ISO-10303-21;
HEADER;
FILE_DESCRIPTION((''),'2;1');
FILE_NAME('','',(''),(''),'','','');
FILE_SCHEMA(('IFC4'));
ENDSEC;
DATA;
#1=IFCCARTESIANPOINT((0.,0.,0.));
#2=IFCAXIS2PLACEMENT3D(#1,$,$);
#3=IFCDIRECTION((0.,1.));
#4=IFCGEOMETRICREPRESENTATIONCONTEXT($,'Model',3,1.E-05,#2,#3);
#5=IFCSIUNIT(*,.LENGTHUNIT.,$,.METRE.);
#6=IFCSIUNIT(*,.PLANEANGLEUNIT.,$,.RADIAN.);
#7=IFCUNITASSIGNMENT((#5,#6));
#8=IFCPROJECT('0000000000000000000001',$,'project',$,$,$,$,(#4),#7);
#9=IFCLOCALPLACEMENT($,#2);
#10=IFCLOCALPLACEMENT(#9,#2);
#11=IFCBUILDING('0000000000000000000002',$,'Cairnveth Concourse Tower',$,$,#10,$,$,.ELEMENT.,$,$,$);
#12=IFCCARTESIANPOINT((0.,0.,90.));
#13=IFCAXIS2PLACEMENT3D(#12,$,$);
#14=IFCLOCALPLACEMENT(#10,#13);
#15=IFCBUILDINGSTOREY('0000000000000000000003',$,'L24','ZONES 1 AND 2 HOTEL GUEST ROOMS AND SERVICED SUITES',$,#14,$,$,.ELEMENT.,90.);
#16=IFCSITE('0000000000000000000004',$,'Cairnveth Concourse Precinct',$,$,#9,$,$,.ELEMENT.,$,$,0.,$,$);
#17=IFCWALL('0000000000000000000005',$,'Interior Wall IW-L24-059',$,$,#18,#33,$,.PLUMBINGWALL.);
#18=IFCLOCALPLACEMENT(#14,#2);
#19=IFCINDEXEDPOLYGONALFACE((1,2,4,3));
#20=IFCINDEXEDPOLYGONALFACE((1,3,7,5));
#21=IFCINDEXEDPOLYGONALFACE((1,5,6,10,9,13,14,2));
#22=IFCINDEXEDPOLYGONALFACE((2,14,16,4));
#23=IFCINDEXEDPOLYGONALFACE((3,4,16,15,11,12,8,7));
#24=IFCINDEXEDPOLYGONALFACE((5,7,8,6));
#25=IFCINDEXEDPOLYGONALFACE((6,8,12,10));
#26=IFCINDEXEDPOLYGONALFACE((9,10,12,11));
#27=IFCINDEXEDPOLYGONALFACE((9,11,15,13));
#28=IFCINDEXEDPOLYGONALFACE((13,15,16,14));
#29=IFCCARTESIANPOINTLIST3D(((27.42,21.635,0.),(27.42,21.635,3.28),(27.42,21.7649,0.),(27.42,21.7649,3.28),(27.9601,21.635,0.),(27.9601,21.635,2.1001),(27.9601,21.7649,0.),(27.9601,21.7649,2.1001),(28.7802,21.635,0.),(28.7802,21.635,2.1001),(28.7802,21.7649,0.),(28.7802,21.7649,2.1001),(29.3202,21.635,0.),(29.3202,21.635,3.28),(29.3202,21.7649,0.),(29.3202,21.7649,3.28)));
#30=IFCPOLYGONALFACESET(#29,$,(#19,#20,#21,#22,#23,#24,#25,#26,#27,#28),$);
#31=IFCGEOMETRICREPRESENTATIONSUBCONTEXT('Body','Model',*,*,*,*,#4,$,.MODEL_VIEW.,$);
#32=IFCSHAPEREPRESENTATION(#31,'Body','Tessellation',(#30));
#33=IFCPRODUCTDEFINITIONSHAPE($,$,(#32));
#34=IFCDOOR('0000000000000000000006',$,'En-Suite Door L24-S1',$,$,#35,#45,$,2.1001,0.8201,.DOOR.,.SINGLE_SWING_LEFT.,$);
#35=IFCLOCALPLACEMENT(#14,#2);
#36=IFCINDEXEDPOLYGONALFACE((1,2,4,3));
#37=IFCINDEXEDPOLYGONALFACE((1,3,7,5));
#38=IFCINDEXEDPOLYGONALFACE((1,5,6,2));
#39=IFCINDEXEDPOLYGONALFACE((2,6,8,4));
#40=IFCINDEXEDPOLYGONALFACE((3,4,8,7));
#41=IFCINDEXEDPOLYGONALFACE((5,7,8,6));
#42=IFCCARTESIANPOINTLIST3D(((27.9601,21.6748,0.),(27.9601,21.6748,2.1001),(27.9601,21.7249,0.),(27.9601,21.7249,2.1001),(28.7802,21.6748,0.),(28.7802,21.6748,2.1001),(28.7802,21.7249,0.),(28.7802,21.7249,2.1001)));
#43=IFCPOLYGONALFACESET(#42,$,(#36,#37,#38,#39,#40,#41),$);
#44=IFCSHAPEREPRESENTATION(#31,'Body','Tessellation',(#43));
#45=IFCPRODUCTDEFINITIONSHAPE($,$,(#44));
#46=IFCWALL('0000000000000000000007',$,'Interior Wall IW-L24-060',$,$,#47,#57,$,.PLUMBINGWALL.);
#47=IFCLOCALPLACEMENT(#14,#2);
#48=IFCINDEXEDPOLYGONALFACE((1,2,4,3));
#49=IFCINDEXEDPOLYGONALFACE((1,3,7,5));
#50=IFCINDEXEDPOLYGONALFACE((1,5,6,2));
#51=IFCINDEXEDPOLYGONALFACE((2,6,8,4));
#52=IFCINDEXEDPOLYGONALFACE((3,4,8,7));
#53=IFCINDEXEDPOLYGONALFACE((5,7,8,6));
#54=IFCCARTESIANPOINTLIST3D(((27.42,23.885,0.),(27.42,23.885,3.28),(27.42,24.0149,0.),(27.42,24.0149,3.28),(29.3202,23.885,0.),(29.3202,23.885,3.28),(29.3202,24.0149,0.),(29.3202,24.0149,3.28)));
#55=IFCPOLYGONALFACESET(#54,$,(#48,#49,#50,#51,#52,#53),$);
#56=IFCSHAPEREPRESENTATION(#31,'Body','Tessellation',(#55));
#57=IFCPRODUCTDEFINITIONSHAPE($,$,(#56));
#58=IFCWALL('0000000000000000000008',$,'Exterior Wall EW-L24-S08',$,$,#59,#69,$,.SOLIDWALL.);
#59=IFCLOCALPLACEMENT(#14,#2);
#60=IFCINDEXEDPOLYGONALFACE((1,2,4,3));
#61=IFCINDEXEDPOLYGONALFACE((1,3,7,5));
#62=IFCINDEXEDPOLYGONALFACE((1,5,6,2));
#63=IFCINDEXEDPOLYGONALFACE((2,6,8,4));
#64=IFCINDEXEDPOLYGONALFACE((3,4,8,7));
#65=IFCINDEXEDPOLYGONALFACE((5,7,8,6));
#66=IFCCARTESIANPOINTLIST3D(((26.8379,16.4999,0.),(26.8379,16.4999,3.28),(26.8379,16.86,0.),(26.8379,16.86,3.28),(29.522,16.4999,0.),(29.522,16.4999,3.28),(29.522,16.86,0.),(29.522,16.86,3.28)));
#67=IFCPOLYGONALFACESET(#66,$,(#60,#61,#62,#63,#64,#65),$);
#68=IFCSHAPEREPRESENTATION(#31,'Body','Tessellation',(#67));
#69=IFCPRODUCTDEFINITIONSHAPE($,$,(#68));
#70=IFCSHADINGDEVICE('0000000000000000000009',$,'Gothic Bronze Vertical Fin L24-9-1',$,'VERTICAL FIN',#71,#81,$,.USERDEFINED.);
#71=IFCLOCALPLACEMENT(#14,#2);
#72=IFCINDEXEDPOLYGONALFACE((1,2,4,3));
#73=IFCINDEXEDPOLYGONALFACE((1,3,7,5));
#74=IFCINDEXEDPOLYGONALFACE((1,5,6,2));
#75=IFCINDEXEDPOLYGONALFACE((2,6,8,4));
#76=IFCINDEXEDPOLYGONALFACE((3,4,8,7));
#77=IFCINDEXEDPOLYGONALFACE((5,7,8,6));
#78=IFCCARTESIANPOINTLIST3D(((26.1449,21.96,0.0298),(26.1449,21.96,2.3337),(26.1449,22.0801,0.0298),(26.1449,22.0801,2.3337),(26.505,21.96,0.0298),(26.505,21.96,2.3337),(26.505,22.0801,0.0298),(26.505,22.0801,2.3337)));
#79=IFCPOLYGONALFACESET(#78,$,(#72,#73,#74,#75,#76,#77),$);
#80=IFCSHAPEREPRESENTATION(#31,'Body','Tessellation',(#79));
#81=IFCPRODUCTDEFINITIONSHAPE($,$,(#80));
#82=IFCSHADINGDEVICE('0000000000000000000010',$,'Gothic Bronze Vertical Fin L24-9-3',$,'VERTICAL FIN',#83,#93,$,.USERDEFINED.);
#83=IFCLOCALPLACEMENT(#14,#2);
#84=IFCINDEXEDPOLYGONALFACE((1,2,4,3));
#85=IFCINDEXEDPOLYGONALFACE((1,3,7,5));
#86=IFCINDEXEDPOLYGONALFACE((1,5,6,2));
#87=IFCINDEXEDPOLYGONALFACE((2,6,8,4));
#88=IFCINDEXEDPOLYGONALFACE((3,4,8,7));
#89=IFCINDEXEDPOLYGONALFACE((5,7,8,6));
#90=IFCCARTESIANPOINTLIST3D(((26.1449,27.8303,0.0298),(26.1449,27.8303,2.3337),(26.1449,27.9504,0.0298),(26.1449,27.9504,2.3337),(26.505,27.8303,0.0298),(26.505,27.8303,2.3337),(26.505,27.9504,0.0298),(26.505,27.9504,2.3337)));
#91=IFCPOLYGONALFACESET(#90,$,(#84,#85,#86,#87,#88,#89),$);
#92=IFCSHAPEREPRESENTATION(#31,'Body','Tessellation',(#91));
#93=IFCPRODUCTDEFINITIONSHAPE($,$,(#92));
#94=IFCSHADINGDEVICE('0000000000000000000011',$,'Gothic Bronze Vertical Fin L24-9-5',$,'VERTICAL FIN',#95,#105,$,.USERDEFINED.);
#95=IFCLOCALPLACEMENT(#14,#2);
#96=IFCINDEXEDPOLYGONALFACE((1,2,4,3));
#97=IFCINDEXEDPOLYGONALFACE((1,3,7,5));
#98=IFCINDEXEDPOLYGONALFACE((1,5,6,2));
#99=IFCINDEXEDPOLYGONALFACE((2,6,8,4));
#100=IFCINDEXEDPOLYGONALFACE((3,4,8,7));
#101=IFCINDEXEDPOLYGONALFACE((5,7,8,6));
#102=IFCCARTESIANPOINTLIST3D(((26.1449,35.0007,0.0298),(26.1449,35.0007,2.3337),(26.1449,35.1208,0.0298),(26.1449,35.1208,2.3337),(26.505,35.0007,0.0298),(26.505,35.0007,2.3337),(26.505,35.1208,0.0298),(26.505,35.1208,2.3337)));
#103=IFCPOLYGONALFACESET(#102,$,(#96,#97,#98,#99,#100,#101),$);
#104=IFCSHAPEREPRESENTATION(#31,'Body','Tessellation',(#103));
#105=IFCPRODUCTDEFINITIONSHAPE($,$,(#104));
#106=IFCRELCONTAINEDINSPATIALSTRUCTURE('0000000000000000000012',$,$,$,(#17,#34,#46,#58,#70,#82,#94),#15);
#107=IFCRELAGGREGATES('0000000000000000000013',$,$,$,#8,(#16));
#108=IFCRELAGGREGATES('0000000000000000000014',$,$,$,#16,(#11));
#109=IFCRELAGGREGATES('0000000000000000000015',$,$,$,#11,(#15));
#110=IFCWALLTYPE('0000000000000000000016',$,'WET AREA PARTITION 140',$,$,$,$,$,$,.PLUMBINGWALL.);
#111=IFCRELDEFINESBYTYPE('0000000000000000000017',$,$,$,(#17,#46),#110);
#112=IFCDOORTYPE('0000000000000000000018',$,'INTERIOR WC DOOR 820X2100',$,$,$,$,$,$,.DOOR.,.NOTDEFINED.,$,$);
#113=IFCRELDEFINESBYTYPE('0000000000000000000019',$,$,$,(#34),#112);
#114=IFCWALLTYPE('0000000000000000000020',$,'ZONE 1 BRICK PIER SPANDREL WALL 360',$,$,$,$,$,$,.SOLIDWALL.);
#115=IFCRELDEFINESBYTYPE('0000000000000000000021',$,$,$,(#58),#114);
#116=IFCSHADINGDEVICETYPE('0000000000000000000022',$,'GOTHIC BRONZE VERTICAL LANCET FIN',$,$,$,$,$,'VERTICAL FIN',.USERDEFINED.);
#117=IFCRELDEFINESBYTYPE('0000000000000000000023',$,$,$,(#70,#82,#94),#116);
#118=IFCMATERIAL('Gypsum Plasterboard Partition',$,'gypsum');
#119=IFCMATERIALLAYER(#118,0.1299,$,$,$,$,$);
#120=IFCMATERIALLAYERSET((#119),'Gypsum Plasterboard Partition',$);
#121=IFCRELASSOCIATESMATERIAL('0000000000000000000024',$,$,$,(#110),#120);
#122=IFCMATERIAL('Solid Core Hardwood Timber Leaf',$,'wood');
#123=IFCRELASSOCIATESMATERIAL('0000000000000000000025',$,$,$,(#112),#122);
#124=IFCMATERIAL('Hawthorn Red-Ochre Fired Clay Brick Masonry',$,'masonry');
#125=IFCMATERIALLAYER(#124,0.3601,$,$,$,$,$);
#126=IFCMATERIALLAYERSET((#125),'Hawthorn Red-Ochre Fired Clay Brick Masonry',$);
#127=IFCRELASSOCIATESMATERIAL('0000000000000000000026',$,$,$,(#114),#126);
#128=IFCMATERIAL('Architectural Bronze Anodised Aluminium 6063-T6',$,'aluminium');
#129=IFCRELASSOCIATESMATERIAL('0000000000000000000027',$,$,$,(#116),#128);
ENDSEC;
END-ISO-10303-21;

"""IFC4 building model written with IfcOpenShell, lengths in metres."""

from ifc_helpers import new_model, si_unit, direction, frame, frame_2d, origin, origin_2d, place, context, subcontext, project, spatial, rectangle, extrude, material, layer, layer_set, type_object, element, fill, save


model = new_model("IFC4")

# Units and contexts
model_context = context("Model", 3, precision=1e-05, world=origin(), true_north=direction((0.0, 1.0)))
body_context = subcontext(model_context, "Body", "Model", "MODEL_VIEW")
ifc_project = project(units=[si_unit("LENGTHUNIT", "METRE"), si_unit("PLANEANGLEUNIT", "RADIAN")], contexts=[model_context])

# Site, building, storey
site_placement = place(None, origin())
site = spatial("IfcSite", under=ifc_project, at=site_placement, Name="Cairnveth Concourse Precinct", CompositionType="ELEMENT", RefElevation=0.0)
building_placement = place(site_placement, origin())
building = spatial("IfcBuilding", under=site, at=building_placement, Name="Cairnveth Concourse Tower", CompositionType="ELEMENT")
storey_placement = place(building_placement, frame((0.0, 0.0, 90.0)))
storey = spatial("IfcBuildingStorey", under=building, at=storey_placement, Name="L24", Description="ZONES 1 AND 2 HOTEL GUEST ROOMS AND SERVICED SUITES", CompositionType="ELEMENT", Elevation=90.0)

# Shared definitions
ifc_material_1 = material(Name="Gypsum Plasterboard Partition", Category="gypsum")
ifc_layer_1 = layer(ifc_material_1, 0.1299)
ifc_layer_set_1 = layer_set([ifc_layer_1], Name="Gypsum Plasterboard Partition")
wall_type_1 = type_object("IfcWallType", Name="WET AREA PARTITION 140", PredefinedType="PLUMBINGWALL", material=ifc_layer_set_1)

# Wall, opening, door
wall_1_placement = place(storey_placement, frame((27.4199, 21.7, 0.0), z_axis=(0.0, 0.0, 1.0), x_axis=(1.0, 0.0, 0.0)))
wall_1 = element("IfcWall", 1, at=wall_1_placement, inside=storey, type_object=wall_type_1, Name="Interior Wall IW-L24-059", PredefinedType="PLUMBINGWALL", context=body_context, shape_type="SweptSolid", body=[
    extrude(rectangle(XDim=1.9001, YDim=0.1299, at=frame_2d((0.9502, 0.0))), origin(), (0.0, 0.0, 1.0), 3.28),
])
opening_placement = place(wall_1_placement, frame((0.54, 0.0, 0.0)))
opening = element("IfcOpeningElement", 2, at=opening_placement, cuts=wall_1, PredefinedType="OPENING", context=body_context, shape_type="SweptSolid", body=[
    extrude(rectangle(XDim=0.8201, YDim=2.1001, at=frame_2d((0.4102, 1.05))), frame((0.0, 0.075, 0.0), z_axis=(0.0, -1.0, 0.0), x_axis=(1.0, 0.0, 0.0)), (0.0, 0.0, 1.0), 0.1499),
])
ifc_material_2 = material(Name="Solid Core Hardwood Timber Leaf", Category="wood")
door_type = type_object("IfcDoorType", Name="INTERIOR WC DOOR 820X2100", OperationType="NOTDEFINED", PredefinedType="DOOR", material=ifc_material_2)
door_placement = place(opening_placement, origin())
door = element("IfcDoor", 3, at=door_placement, inside=storey, type_object=door_type, Name="En-Suite Door L24-S1", OperationType="SINGLE_SWING_LEFT", OverallHeight=2.1001, OverallWidth=0.8201, PredefinedType="DOOR", context=body_context, shape_type="SweptSolid", body=[
    extrude(rectangle(XDim=0.8201, YDim=2.1001, at=frame_2d((0.4102, 1.05))), frame((0.0, 0.0249, 0.0), z_axis=(0.0, -1.0, 0.0), x_axis=(1.0, 0.0, 0.0)), (0.0, 0.0, 1.0), 0.05),
])
fill(opening, door)

# Walls
wall_2_placement = place(storey_placement, frame((27.4199, 23.95, 0.0), z_axis=(0.0, 0.0, 1.0), x_axis=(1.0, 0.0, 0.0)))
element("IfcWall", 4, at=wall_2_placement, inside=storey, type_object=wall_type_1, Name="Interior Wall IW-L24-060", PredefinedType="PLUMBINGWALL", context=body_context, shape_type="SweptSolid", body=[
    extrude(rectangle(XDim=1.9001, YDim=0.1299, at=frame_2d((0.9502, 0.0))), origin(), (0.0, 0.0, 1.0), 3.28),
])
ifc_material_3 = material(Name="Hawthorn Red-Ochre Fired Clay Brick Masonry", Category="masonry")
ifc_layer_2 = layer(ifc_material_3, 0.3601)
ifc_layer_set_2 = layer_set([ifc_layer_2], Name="Hawthorn Red-Ochre Fired Clay Brick Masonry")
wall_type_2 = type_object("IfcWallType", Name="ZONE 1 BRICK PIER SPANDREL WALL 360", PredefinedType="SOLIDWALL", material=ifc_layer_set_2)
wall_3_placement = place(storey_placement, frame((29.522, 16.6799, 0.0), z_axis=(0.0, 0.0, 1.0), x_axis=(-1.0, 0.0, 0.0)))
element("IfcWall", 5, at=wall_3_placement, inside=storey, type_object=wall_type_2, Name="Exterior Wall EW-L24-S08", PredefinedType="SOLIDWALL", context=body_context, shape_type="SweptSolid", body=[
    extrude(rectangle(XDim=2.6841, YDim=0.3601, at=frame_2d((1.342, 0.0))), origin(), (0.0, 0.0, 1.0), 3.28),
])

# Shading devices
ifc_material_4 = material(Name="Architectural Bronze Anodised Aluminium 6063-T6", Category="aluminium")
shading_device_type = type_object("IfcShadingDeviceType", Name="GOTHIC BRONZE VERTICAL LANCET FIN", ElementType="VERTICAL FIN", PredefinedType="USERDEFINED", material=ifc_material_4)
for number, where, z_axis, x_axis, name in (
    (6, (26.325, 22.02, 0.0298), (0.0, 0.0, 1.0), (0.0, 1.0, 0.0), "Gothic Bronze Vertical Fin L24-9-1"),
    (7, (26.325, 27.8904, 0.0298), (0.0, 0.0, 1.0), (0.0, 1.0, 0.0), "Gothic Bronze Vertical Fin L24-9-3"),
    (8, (26.325, 35.0608, 0.0298), (0.0, 0.0, 1.0), (0.0, 1.0, 0.0), "Gothic Bronze Vertical Fin L24-9-5"),
):
    element("IfcShadingDevice", number, at=place(storey_placement, frame(where, z_axis=z_axis, x_axis=x_axis)), inside=storey, type_object=shading_device_type, Name=name, ObjectType="VERTICAL FIN", PredefinedType="USERDEFINED", context=body_context, shape_type="SweptSolid", body=[
        extrude(rectangle(XDim=0.1201, YDim=0.3601, at=origin_2d()), origin(), (0.0, 0.0, 1.0), 2.304),
    ])

save(model, "model.ifc")
